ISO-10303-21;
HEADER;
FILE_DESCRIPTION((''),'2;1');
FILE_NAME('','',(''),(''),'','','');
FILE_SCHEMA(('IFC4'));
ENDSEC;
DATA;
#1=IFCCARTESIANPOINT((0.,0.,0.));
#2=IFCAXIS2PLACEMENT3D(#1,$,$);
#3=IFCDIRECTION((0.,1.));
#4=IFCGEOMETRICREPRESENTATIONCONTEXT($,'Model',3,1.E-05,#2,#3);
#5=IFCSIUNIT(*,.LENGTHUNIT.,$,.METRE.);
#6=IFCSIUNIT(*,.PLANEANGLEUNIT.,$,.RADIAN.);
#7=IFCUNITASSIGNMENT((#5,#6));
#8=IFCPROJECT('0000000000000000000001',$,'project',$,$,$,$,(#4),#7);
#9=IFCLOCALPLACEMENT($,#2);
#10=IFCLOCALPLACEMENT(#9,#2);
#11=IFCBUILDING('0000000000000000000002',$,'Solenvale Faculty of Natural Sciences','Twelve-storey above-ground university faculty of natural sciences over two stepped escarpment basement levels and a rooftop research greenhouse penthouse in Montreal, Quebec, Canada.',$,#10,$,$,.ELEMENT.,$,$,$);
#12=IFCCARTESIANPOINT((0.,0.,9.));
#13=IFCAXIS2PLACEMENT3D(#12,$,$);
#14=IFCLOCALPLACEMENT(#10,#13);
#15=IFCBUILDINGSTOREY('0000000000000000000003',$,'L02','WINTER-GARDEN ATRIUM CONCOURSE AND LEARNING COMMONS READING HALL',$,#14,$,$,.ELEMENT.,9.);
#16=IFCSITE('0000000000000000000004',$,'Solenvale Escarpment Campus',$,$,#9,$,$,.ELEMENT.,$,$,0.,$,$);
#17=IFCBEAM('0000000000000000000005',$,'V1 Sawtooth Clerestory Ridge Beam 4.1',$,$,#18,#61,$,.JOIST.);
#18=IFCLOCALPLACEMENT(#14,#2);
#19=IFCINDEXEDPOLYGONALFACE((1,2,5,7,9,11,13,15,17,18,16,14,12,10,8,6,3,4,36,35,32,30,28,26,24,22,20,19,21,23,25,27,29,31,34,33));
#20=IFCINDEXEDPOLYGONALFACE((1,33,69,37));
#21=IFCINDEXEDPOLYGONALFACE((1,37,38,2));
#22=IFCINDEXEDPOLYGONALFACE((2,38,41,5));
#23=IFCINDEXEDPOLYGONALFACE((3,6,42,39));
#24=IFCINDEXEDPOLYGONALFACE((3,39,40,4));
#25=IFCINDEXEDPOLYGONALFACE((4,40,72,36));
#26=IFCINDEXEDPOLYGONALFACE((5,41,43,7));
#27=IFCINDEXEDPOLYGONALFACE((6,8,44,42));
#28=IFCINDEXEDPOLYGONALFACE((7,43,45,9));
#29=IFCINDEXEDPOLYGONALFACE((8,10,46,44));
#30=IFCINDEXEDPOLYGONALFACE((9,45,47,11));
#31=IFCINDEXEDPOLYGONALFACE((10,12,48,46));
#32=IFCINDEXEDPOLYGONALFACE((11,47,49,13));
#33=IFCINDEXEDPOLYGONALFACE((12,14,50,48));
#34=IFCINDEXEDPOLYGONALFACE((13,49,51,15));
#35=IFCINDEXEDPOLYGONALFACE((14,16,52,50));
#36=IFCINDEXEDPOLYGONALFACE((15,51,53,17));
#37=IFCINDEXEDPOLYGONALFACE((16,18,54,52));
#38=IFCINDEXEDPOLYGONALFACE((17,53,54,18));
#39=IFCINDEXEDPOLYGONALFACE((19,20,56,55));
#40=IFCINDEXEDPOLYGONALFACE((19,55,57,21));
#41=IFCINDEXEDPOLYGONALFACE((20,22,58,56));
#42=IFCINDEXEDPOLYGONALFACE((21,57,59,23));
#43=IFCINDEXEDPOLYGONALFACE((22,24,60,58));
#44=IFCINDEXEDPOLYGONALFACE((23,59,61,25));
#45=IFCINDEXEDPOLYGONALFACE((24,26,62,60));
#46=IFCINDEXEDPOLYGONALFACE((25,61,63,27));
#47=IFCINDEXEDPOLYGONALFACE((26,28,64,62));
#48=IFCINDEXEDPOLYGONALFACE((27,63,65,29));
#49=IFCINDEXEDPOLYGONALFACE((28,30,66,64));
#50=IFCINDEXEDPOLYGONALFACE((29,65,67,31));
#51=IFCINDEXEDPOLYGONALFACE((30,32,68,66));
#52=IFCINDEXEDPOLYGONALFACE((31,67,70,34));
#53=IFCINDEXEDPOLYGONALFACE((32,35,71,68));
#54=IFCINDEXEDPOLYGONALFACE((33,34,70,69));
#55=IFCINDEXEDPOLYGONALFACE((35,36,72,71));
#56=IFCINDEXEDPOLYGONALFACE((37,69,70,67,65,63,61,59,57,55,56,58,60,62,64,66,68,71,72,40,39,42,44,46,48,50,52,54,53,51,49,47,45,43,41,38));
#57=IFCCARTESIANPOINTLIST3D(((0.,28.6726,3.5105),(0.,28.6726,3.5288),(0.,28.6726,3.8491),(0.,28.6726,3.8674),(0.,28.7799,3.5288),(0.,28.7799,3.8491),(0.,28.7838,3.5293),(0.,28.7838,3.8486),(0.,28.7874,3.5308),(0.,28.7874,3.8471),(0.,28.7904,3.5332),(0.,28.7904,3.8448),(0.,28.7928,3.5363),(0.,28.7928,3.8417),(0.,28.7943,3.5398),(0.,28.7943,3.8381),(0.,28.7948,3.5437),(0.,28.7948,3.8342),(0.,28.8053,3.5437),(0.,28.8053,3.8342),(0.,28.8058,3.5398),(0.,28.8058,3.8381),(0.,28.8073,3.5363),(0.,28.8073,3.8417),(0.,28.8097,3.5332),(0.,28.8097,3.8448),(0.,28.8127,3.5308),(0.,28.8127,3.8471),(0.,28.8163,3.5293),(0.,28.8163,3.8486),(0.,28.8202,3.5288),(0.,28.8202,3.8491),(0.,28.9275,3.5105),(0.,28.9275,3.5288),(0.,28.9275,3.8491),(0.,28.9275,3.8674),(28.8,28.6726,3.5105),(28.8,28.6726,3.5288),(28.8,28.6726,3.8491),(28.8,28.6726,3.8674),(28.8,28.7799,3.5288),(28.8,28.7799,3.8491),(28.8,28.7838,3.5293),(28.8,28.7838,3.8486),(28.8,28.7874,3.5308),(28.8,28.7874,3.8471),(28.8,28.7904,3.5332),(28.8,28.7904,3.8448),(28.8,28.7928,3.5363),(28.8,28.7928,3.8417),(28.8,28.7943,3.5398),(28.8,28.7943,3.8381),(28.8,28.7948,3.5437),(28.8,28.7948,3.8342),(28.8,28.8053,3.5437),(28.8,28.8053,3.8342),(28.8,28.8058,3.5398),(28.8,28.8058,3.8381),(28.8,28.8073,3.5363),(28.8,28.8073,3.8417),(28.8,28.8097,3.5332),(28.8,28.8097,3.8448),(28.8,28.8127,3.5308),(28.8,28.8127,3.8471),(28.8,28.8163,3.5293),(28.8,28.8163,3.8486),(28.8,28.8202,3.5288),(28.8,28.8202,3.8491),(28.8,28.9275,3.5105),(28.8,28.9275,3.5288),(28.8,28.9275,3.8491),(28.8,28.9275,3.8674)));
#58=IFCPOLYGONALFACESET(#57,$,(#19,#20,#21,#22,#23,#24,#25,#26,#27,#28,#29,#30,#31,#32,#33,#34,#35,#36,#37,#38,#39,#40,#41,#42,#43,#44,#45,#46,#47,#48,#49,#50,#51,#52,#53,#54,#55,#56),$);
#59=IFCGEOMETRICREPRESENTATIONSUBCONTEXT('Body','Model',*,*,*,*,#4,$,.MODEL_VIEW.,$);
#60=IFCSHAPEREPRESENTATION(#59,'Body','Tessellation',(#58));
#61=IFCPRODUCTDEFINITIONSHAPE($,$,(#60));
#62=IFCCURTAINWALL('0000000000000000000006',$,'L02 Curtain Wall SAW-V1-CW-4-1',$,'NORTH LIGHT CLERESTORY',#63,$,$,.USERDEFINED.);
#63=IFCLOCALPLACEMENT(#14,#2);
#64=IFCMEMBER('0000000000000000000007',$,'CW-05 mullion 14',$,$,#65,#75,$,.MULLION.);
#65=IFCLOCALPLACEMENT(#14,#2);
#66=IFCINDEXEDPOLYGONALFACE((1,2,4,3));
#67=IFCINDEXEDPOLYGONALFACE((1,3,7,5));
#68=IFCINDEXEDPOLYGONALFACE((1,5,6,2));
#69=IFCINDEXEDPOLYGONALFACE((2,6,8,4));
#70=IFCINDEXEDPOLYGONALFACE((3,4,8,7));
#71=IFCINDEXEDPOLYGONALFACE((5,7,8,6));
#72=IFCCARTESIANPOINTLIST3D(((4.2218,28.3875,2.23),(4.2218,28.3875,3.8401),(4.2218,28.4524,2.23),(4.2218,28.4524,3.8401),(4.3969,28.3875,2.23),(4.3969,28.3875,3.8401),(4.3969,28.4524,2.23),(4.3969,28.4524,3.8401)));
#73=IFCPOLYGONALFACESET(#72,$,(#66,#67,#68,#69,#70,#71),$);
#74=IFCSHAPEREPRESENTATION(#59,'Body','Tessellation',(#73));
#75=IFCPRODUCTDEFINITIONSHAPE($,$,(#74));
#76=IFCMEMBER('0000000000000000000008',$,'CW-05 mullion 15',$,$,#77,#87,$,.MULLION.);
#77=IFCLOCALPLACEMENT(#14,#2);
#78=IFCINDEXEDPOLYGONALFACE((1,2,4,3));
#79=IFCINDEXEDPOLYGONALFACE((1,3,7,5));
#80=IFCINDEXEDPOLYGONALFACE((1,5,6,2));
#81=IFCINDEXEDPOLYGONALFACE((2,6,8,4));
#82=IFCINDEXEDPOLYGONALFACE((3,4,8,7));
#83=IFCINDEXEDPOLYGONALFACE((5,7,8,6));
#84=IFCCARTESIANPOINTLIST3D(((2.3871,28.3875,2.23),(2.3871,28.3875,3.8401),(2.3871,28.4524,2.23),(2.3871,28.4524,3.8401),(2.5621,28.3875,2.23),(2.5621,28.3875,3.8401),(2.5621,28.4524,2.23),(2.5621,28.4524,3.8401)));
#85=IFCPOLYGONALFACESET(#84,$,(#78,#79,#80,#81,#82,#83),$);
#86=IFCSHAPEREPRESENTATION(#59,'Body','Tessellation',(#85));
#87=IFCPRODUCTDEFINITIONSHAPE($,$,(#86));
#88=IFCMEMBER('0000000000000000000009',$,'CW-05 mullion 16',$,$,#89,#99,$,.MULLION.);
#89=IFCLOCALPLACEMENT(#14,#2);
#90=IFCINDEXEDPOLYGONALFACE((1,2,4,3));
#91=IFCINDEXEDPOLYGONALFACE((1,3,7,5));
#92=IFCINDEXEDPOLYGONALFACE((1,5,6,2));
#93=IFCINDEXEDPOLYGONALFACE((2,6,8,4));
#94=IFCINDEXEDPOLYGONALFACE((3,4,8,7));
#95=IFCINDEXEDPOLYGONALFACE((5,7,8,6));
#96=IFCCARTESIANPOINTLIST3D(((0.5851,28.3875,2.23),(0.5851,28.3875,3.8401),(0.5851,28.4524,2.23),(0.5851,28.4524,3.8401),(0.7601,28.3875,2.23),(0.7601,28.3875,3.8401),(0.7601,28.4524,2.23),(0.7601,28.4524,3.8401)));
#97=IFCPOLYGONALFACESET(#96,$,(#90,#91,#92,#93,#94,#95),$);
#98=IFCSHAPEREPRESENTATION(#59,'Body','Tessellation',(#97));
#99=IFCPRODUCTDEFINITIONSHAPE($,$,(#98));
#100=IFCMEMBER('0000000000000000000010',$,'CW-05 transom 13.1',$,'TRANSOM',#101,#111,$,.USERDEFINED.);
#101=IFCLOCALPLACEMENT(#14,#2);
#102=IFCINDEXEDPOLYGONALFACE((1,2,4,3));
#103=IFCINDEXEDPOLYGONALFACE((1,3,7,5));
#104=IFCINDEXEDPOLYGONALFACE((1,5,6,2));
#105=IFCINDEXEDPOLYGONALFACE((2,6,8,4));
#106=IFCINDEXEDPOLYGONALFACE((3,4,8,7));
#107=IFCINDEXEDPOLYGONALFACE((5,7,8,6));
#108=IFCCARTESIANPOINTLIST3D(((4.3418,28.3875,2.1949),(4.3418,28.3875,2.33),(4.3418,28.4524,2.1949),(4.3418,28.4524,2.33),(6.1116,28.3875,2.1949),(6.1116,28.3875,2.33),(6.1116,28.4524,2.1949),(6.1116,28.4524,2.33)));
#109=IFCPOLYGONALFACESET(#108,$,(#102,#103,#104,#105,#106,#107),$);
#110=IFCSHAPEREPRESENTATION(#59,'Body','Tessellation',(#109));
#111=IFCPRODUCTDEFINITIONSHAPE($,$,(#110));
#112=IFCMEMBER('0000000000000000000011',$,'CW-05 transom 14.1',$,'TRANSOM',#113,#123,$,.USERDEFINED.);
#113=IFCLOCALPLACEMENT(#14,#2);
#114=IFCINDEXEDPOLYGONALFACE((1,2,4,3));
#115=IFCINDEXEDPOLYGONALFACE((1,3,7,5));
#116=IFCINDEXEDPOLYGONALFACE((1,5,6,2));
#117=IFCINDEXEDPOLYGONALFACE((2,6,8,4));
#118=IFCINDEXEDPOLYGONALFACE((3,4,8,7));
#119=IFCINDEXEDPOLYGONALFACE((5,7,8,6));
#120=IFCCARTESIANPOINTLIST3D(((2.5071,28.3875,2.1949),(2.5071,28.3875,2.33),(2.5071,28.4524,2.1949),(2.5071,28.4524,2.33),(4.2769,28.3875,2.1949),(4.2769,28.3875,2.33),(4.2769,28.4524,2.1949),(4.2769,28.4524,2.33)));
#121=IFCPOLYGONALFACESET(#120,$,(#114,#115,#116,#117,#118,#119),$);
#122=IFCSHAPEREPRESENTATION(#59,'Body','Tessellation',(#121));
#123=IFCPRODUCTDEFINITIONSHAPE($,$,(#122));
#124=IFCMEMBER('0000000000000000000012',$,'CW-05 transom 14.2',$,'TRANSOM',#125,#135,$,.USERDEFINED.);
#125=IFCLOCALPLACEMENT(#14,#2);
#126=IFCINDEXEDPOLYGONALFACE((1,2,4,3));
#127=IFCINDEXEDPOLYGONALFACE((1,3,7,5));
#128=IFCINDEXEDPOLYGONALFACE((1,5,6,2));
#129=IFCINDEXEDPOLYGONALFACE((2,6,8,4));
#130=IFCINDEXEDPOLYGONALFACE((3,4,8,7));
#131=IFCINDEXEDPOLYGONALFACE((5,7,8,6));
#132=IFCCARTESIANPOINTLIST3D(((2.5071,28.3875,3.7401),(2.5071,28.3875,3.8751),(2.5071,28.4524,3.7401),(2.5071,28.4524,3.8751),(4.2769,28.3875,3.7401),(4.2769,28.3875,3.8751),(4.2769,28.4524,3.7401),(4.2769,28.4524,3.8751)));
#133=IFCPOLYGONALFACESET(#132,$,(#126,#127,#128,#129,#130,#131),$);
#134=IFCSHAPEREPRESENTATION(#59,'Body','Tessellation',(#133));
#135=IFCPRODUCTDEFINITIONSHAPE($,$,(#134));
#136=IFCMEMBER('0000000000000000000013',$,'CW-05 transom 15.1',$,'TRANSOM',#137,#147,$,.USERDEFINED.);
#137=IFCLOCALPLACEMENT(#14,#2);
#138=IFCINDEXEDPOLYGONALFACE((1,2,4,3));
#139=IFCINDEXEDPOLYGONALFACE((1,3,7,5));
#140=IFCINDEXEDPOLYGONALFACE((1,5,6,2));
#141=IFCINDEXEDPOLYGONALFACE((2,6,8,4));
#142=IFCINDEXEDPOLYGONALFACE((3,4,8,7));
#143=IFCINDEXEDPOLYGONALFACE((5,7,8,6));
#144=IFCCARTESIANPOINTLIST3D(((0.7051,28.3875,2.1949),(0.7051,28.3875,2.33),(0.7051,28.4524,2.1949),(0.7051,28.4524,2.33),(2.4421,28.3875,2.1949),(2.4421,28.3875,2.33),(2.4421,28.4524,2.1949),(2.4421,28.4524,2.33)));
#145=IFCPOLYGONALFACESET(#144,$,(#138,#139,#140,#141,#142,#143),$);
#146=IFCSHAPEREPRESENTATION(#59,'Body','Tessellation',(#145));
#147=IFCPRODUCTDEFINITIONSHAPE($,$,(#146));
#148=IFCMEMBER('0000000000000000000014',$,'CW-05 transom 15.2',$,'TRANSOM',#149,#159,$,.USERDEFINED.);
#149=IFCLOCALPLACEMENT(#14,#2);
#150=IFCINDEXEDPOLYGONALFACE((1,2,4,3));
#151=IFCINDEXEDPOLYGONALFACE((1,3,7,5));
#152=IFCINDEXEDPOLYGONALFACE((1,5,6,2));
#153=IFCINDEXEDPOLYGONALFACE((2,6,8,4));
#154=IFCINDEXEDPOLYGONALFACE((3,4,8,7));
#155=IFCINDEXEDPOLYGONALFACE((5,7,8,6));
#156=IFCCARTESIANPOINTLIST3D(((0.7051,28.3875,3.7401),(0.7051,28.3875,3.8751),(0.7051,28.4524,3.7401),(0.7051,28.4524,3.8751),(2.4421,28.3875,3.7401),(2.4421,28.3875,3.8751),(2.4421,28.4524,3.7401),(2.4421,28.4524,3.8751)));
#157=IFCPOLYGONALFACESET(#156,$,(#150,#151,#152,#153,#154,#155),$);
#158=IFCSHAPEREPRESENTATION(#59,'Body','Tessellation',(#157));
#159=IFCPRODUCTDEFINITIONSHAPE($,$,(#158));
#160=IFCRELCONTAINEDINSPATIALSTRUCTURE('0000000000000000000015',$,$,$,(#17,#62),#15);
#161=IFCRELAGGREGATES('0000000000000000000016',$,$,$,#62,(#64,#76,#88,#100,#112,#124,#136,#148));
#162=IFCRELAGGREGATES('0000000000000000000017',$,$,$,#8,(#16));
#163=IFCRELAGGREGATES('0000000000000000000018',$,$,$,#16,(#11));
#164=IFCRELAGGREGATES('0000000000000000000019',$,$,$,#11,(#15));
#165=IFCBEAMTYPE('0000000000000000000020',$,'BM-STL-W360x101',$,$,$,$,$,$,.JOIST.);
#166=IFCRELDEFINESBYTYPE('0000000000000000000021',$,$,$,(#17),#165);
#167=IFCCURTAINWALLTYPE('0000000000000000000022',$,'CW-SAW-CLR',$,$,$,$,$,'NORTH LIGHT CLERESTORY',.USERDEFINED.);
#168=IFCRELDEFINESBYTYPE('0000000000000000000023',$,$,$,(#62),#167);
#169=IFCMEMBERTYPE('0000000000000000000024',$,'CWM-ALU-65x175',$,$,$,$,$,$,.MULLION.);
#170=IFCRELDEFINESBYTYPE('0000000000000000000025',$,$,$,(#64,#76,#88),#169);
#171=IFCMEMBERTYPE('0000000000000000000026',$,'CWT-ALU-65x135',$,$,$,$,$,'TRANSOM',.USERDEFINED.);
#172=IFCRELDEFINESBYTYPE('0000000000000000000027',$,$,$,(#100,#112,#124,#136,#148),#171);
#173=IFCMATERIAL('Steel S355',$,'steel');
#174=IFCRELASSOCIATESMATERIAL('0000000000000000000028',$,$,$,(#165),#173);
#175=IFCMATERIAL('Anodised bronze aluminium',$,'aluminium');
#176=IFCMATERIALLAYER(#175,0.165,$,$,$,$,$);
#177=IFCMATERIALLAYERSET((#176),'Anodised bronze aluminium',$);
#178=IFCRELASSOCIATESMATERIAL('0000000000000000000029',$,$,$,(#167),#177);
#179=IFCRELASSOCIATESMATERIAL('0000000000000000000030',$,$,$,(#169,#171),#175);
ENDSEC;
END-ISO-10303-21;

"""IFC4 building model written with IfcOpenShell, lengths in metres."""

from ifc_helpers import new_model, si_unit, direction, frame, origin, origin_2d, place, context, subcontext, project, spatial, rectangle, i_section, extrude, material, layer, layer_set, material_profile, profile_set, type_object, element, aggregate, save


model = new_model("IFC4")

# Units and contexts
model_context = context("Model", 3, precision=1e-05, world=origin(), true_north=direction((0.0, 1.0)))
body_context = subcontext(model_context, "Body", "Model", "MODEL_VIEW")
ifc_project = project(units=[si_unit("LENGTHUNIT", "METRE"), si_unit("PLANEANGLEUNIT", "RADIAN")], contexts=[model_context])

# Site, building, storey
site_placement = place(None, origin())
site = spatial("IfcSite", under=ifc_project, at=site_placement, Name="Solenvale Escarpment Campus", CompositionType="ELEMENT", RefElevation=0.0)
building_placement = place(site_placement, origin())
building = spatial("IfcBuilding", under=site, at=building_placement, Name="Solenvale Faculty of Natural Sciences", Description="Twelve-storey above-ground university faculty of natural sciences over two stepped escarpment basement levels and a rooftop research greenhouse penthouse in Montreal, Quebec, Canada.", CompositionType="ELEMENT")
storey_placement = place(building_placement, frame((0.0, 0.0, 9.0)))
storey = spatial("IfcBuildingStorey", under=building, at=storey_placement, Name="L02", Description="WINTER-GARDEN ATRIUM CONCOURSE AND LEARNING COMMONS READING HALL", CompositionType="ELEMENT", Elevation=9.0)

# Shared definitions
ifc_material_1 = material(Name="Steel S355", Category="steel")

# Beam
ifc_material_profile_1 = material_profile(ifc_material_1, i_section(OverallWidth=0.2549, OverallDepth=0.3569, WebThickness=0.0105, FlangeThickness=0.0183, FilletRadius=0.0149, at=origin_2d()), Name="W360x101")
ifc_profile_set_1 = profile_set([ifc_material_profile_1], Name="Steel S355")
beam_type_1 = type_object("IfcBeamType", Name="BM-STL-W360x101", PredefinedType="JOIST", material=ifc_profile_set_1)
beam_1_placement = place(storey_placement, frame((0.0, 28.8, 3.689), z_axis=(1.0, 0.0, 0.0), x_axis=(0.0, 1.0, 0.0)))
element("IfcBeam", 1, at=beam_1_placement, inside=storey, type_object=beam_type_1, Name="V1 Sawtooth Clerestory Ridge Beam 4.1", PredefinedType="JOIST", context=body_context, shape_type="SweptSolid", body=[
    extrude(i_section(OverallWidth=0.2549, OverallDepth=0.3569, WebThickness=0.0105, FlangeThickness=0.0183, FilletRadius=0.0149, at=origin_2d()), origin(), (0.0, 0.0, 1.0), 28.8),
])

# Curtain wall, members
ifc_material_2 = material(Name="Anodised bronze aluminium", Category="aluminium")
ifc_layer_1 = layer(ifc_material_2, 0.165)
ifc_layer_set_1 = layer_set([ifc_layer_1], Name="Anodised bronze aluminium")
curtain_wall_type = type_object("IfcCurtainWallType", Name="CW-SAW-CLR", ElementType="NORTH LIGHT CLERESTORY", PredefinedType="USERDEFINED", material=ifc_layer_set_1)
curtain_wall_placement = place(storey_placement, origin())
curtain_wall = element("IfcCurtainWall", 2, at=curtain_wall_placement, inside=storey, type_object=curtain_wall_type, Name="L02 Curtain Wall SAW-V1-CW-4-1", ObjectType="NORTH LIGHT CLERESTORY", PredefinedType="USERDEFINED")
ifc_material_profile_2 = material_profile(ifc_material_2, rectangle(XDim=0.0649, YDim=0.175, at=origin_2d()), Name="ALU-MUL-65x175")
ifc_profile_set_2 = profile_set([ifc_material_profile_2], Name="Anodised bronze aluminium")
member_type_1 = type_object("IfcMemberType", Name="CWM-ALU-65x175", PredefinedType="MULLION", material=ifc_profile_set_2)
member_1_placement = place(storey_placement, frame((4.3093, 28.4199, 2.23), z_axis=(0.0, 0.0, 1.0), x_axis=(0.0, -1.0, 0.0)))
member_1 = element("IfcMember", 3, at=member_1_placement, type_object=member_type_1, Name="CW-05 mullion 14", PredefinedType="MULLION", context=body_context, shape_type="SweptSolid", body=[
    extrude(rectangle(XDim=0.0649, YDim=0.175, at=origin_2d()), origin(), (0.0, 0.0, 1.0), 1.6101),
])
member_2_placement = place(storey_placement, frame((2.4746, 28.4199, 2.23), z_axis=(0.0, 0.0, 1.0), x_axis=(0.0, -1.0, 0.0)))
member_2 = element("IfcMember", 4, at=member_2_placement, type_object=member_type_1, Name="CW-05 mullion 15", PredefinedType="MULLION", context=body_context, shape_type="SweptSolid", body=[
    extrude(rectangle(XDim=0.0649, YDim=0.175, at=origin_2d()), origin(), (0.0, 0.0, 1.0), 1.6101),
])
member_3_placement = place(storey_placement, frame((0.6726, 28.4199, 2.23), z_axis=(0.0, 0.0, 1.0), x_axis=(0.0, -1.0, 0.0)))
member_3 = element("IfcMember", 5, at=member_3_placement, type_object=member_type_1, Name="CW-05 mullion 16", PredefinedType="MULLION", context=body_context, shape_type="SweptSolid", body=[
    extrude(rectangle(XDim=0.0649, YDim=0.175, at=origin_2d()), origin(), (0.0, 0.0, 1.0), 1.6101),
])
ifc_material_profile_3 = material_profile(ifc_material_2, rectangle(XDim=0.0649, YDim=0.135, at=origin_2d()), Name="ALU-TRN-65x135")
ifc_profile_set_3 = profile_set([ifc_material_profile_3], Name="Anodised bronze aluminium")
member_type_2 = type_object("IfcMemberType", Name="CWT-ALU-65x135", ElementType="TRANSOM", PredefinedType="USERDEFINED", material=ifc_profile_set_3)
member_4_placement = place(storey_placement, frame((6.1116, 28.4199, 2.2625), z_axis=(-1.0, 0.0, 0.0), x_axis=(0.0, -1.0, 0.0)))
member_4 = element("IfcMember", 6, at=member_4_placement, type_object=member_type_2, Name="CW-05 transom 13.1", ObjectType="TRANSOM", PredefinedType="USERDEFINED", context=body_context, shape_type="SweptSolid", body=[
    extrude(rectangle(XDim=0.0649, YDim=0.135, at=origin_2d()), origin(), (0.0, 0.0, 1.0), 1.7698),
])
member_5_placement = place(storey_placement, frame((4.2769, 28.4199, 2.2625), z_axis=(-1.0, 0.0, 0.0), x_axis=(0.0, -1.0, 0.0)))
member_5 = element("IfcMember", 7, at=member_5_placement, type_object=member_type_2, Name="CW-05 transom 14.1", ObjectType="TRANSOM", PredefinedType="USERDEFINED", context=body_context, shape_type="SweptSolid", body=[
    extrude(rectangle(XDim=0.0649, YDim=0.135, at=origin_2d()), origin(), (0.0, 0.0, 1.0), 1.7698),
])
member_6_placement = place(storey_placement, frame((4.2769, 28.4199, 3.8076), z_axis=(-1.0, 0.0, 0.0), x_axis=(0.0, -1.0, 0.0)))
member_6 = element("IfcMember", 8, at=member_6_placement, type_object=member_type_2, Name="CW-05 transom 14.2", ObjectType="TRANSOM", PredefinedType="USERDEFINED", context=body_context, shape_type="SweptSolid", body=[
    extrude(rectangle(XDim=0.0649, YDim=0.135, at=origin_2d()), origin(), (0.0, 0.0, 1.0), 1.7698),
])
member_7_placement = place(storey_placement, frame((2.4421, 28.4199, 2.2625), z_axis=(-1.0, 0.0, 0.0), x_axis=(0.0, -1.0, 0.0)))
member_7 = element("IfcMember", 9, at=member_7_placement, type_object=member_type_2, Name="CW-05 transom 15.1", ObjectType="TRANSOM", PredefinedType="USERDEFINED", context=body_context, shape_type="SweptSolid", body=[
    extrude(rectangle(XDim=0.0649, YDim=0.135, at=origin_2d()), origin(), (0.0, 0.0, 1.0), 1.7371),
])
member_8_placement = place(storey_placement, frame((2.4421, 28.4199, 3.8076), z_axis=(-1.0, 0.0, 0.0), x_axis=(0.0, -1.0, 0.0)))
member_8 = element("IfcMember", 10, at=member_8_placement, type_object=member_type_2, Name="CW-05 transom 15.2", ObjectType="TRANSOM", PredefinedType="USERDEFINED", context=body_context, shape_type="SweptSolid", body=[
    extrude(rectangle(XDim=0.0649, YDim=0.135, at=origin_2d()), origin(), (0.0, 0.0, 1.0), 1.7371),
])

aggregate(curtain_wall, [member_1, member_2, member_3, member_4, member_5, member_6, member_7, member_8])

save(model, "model.ifc")
